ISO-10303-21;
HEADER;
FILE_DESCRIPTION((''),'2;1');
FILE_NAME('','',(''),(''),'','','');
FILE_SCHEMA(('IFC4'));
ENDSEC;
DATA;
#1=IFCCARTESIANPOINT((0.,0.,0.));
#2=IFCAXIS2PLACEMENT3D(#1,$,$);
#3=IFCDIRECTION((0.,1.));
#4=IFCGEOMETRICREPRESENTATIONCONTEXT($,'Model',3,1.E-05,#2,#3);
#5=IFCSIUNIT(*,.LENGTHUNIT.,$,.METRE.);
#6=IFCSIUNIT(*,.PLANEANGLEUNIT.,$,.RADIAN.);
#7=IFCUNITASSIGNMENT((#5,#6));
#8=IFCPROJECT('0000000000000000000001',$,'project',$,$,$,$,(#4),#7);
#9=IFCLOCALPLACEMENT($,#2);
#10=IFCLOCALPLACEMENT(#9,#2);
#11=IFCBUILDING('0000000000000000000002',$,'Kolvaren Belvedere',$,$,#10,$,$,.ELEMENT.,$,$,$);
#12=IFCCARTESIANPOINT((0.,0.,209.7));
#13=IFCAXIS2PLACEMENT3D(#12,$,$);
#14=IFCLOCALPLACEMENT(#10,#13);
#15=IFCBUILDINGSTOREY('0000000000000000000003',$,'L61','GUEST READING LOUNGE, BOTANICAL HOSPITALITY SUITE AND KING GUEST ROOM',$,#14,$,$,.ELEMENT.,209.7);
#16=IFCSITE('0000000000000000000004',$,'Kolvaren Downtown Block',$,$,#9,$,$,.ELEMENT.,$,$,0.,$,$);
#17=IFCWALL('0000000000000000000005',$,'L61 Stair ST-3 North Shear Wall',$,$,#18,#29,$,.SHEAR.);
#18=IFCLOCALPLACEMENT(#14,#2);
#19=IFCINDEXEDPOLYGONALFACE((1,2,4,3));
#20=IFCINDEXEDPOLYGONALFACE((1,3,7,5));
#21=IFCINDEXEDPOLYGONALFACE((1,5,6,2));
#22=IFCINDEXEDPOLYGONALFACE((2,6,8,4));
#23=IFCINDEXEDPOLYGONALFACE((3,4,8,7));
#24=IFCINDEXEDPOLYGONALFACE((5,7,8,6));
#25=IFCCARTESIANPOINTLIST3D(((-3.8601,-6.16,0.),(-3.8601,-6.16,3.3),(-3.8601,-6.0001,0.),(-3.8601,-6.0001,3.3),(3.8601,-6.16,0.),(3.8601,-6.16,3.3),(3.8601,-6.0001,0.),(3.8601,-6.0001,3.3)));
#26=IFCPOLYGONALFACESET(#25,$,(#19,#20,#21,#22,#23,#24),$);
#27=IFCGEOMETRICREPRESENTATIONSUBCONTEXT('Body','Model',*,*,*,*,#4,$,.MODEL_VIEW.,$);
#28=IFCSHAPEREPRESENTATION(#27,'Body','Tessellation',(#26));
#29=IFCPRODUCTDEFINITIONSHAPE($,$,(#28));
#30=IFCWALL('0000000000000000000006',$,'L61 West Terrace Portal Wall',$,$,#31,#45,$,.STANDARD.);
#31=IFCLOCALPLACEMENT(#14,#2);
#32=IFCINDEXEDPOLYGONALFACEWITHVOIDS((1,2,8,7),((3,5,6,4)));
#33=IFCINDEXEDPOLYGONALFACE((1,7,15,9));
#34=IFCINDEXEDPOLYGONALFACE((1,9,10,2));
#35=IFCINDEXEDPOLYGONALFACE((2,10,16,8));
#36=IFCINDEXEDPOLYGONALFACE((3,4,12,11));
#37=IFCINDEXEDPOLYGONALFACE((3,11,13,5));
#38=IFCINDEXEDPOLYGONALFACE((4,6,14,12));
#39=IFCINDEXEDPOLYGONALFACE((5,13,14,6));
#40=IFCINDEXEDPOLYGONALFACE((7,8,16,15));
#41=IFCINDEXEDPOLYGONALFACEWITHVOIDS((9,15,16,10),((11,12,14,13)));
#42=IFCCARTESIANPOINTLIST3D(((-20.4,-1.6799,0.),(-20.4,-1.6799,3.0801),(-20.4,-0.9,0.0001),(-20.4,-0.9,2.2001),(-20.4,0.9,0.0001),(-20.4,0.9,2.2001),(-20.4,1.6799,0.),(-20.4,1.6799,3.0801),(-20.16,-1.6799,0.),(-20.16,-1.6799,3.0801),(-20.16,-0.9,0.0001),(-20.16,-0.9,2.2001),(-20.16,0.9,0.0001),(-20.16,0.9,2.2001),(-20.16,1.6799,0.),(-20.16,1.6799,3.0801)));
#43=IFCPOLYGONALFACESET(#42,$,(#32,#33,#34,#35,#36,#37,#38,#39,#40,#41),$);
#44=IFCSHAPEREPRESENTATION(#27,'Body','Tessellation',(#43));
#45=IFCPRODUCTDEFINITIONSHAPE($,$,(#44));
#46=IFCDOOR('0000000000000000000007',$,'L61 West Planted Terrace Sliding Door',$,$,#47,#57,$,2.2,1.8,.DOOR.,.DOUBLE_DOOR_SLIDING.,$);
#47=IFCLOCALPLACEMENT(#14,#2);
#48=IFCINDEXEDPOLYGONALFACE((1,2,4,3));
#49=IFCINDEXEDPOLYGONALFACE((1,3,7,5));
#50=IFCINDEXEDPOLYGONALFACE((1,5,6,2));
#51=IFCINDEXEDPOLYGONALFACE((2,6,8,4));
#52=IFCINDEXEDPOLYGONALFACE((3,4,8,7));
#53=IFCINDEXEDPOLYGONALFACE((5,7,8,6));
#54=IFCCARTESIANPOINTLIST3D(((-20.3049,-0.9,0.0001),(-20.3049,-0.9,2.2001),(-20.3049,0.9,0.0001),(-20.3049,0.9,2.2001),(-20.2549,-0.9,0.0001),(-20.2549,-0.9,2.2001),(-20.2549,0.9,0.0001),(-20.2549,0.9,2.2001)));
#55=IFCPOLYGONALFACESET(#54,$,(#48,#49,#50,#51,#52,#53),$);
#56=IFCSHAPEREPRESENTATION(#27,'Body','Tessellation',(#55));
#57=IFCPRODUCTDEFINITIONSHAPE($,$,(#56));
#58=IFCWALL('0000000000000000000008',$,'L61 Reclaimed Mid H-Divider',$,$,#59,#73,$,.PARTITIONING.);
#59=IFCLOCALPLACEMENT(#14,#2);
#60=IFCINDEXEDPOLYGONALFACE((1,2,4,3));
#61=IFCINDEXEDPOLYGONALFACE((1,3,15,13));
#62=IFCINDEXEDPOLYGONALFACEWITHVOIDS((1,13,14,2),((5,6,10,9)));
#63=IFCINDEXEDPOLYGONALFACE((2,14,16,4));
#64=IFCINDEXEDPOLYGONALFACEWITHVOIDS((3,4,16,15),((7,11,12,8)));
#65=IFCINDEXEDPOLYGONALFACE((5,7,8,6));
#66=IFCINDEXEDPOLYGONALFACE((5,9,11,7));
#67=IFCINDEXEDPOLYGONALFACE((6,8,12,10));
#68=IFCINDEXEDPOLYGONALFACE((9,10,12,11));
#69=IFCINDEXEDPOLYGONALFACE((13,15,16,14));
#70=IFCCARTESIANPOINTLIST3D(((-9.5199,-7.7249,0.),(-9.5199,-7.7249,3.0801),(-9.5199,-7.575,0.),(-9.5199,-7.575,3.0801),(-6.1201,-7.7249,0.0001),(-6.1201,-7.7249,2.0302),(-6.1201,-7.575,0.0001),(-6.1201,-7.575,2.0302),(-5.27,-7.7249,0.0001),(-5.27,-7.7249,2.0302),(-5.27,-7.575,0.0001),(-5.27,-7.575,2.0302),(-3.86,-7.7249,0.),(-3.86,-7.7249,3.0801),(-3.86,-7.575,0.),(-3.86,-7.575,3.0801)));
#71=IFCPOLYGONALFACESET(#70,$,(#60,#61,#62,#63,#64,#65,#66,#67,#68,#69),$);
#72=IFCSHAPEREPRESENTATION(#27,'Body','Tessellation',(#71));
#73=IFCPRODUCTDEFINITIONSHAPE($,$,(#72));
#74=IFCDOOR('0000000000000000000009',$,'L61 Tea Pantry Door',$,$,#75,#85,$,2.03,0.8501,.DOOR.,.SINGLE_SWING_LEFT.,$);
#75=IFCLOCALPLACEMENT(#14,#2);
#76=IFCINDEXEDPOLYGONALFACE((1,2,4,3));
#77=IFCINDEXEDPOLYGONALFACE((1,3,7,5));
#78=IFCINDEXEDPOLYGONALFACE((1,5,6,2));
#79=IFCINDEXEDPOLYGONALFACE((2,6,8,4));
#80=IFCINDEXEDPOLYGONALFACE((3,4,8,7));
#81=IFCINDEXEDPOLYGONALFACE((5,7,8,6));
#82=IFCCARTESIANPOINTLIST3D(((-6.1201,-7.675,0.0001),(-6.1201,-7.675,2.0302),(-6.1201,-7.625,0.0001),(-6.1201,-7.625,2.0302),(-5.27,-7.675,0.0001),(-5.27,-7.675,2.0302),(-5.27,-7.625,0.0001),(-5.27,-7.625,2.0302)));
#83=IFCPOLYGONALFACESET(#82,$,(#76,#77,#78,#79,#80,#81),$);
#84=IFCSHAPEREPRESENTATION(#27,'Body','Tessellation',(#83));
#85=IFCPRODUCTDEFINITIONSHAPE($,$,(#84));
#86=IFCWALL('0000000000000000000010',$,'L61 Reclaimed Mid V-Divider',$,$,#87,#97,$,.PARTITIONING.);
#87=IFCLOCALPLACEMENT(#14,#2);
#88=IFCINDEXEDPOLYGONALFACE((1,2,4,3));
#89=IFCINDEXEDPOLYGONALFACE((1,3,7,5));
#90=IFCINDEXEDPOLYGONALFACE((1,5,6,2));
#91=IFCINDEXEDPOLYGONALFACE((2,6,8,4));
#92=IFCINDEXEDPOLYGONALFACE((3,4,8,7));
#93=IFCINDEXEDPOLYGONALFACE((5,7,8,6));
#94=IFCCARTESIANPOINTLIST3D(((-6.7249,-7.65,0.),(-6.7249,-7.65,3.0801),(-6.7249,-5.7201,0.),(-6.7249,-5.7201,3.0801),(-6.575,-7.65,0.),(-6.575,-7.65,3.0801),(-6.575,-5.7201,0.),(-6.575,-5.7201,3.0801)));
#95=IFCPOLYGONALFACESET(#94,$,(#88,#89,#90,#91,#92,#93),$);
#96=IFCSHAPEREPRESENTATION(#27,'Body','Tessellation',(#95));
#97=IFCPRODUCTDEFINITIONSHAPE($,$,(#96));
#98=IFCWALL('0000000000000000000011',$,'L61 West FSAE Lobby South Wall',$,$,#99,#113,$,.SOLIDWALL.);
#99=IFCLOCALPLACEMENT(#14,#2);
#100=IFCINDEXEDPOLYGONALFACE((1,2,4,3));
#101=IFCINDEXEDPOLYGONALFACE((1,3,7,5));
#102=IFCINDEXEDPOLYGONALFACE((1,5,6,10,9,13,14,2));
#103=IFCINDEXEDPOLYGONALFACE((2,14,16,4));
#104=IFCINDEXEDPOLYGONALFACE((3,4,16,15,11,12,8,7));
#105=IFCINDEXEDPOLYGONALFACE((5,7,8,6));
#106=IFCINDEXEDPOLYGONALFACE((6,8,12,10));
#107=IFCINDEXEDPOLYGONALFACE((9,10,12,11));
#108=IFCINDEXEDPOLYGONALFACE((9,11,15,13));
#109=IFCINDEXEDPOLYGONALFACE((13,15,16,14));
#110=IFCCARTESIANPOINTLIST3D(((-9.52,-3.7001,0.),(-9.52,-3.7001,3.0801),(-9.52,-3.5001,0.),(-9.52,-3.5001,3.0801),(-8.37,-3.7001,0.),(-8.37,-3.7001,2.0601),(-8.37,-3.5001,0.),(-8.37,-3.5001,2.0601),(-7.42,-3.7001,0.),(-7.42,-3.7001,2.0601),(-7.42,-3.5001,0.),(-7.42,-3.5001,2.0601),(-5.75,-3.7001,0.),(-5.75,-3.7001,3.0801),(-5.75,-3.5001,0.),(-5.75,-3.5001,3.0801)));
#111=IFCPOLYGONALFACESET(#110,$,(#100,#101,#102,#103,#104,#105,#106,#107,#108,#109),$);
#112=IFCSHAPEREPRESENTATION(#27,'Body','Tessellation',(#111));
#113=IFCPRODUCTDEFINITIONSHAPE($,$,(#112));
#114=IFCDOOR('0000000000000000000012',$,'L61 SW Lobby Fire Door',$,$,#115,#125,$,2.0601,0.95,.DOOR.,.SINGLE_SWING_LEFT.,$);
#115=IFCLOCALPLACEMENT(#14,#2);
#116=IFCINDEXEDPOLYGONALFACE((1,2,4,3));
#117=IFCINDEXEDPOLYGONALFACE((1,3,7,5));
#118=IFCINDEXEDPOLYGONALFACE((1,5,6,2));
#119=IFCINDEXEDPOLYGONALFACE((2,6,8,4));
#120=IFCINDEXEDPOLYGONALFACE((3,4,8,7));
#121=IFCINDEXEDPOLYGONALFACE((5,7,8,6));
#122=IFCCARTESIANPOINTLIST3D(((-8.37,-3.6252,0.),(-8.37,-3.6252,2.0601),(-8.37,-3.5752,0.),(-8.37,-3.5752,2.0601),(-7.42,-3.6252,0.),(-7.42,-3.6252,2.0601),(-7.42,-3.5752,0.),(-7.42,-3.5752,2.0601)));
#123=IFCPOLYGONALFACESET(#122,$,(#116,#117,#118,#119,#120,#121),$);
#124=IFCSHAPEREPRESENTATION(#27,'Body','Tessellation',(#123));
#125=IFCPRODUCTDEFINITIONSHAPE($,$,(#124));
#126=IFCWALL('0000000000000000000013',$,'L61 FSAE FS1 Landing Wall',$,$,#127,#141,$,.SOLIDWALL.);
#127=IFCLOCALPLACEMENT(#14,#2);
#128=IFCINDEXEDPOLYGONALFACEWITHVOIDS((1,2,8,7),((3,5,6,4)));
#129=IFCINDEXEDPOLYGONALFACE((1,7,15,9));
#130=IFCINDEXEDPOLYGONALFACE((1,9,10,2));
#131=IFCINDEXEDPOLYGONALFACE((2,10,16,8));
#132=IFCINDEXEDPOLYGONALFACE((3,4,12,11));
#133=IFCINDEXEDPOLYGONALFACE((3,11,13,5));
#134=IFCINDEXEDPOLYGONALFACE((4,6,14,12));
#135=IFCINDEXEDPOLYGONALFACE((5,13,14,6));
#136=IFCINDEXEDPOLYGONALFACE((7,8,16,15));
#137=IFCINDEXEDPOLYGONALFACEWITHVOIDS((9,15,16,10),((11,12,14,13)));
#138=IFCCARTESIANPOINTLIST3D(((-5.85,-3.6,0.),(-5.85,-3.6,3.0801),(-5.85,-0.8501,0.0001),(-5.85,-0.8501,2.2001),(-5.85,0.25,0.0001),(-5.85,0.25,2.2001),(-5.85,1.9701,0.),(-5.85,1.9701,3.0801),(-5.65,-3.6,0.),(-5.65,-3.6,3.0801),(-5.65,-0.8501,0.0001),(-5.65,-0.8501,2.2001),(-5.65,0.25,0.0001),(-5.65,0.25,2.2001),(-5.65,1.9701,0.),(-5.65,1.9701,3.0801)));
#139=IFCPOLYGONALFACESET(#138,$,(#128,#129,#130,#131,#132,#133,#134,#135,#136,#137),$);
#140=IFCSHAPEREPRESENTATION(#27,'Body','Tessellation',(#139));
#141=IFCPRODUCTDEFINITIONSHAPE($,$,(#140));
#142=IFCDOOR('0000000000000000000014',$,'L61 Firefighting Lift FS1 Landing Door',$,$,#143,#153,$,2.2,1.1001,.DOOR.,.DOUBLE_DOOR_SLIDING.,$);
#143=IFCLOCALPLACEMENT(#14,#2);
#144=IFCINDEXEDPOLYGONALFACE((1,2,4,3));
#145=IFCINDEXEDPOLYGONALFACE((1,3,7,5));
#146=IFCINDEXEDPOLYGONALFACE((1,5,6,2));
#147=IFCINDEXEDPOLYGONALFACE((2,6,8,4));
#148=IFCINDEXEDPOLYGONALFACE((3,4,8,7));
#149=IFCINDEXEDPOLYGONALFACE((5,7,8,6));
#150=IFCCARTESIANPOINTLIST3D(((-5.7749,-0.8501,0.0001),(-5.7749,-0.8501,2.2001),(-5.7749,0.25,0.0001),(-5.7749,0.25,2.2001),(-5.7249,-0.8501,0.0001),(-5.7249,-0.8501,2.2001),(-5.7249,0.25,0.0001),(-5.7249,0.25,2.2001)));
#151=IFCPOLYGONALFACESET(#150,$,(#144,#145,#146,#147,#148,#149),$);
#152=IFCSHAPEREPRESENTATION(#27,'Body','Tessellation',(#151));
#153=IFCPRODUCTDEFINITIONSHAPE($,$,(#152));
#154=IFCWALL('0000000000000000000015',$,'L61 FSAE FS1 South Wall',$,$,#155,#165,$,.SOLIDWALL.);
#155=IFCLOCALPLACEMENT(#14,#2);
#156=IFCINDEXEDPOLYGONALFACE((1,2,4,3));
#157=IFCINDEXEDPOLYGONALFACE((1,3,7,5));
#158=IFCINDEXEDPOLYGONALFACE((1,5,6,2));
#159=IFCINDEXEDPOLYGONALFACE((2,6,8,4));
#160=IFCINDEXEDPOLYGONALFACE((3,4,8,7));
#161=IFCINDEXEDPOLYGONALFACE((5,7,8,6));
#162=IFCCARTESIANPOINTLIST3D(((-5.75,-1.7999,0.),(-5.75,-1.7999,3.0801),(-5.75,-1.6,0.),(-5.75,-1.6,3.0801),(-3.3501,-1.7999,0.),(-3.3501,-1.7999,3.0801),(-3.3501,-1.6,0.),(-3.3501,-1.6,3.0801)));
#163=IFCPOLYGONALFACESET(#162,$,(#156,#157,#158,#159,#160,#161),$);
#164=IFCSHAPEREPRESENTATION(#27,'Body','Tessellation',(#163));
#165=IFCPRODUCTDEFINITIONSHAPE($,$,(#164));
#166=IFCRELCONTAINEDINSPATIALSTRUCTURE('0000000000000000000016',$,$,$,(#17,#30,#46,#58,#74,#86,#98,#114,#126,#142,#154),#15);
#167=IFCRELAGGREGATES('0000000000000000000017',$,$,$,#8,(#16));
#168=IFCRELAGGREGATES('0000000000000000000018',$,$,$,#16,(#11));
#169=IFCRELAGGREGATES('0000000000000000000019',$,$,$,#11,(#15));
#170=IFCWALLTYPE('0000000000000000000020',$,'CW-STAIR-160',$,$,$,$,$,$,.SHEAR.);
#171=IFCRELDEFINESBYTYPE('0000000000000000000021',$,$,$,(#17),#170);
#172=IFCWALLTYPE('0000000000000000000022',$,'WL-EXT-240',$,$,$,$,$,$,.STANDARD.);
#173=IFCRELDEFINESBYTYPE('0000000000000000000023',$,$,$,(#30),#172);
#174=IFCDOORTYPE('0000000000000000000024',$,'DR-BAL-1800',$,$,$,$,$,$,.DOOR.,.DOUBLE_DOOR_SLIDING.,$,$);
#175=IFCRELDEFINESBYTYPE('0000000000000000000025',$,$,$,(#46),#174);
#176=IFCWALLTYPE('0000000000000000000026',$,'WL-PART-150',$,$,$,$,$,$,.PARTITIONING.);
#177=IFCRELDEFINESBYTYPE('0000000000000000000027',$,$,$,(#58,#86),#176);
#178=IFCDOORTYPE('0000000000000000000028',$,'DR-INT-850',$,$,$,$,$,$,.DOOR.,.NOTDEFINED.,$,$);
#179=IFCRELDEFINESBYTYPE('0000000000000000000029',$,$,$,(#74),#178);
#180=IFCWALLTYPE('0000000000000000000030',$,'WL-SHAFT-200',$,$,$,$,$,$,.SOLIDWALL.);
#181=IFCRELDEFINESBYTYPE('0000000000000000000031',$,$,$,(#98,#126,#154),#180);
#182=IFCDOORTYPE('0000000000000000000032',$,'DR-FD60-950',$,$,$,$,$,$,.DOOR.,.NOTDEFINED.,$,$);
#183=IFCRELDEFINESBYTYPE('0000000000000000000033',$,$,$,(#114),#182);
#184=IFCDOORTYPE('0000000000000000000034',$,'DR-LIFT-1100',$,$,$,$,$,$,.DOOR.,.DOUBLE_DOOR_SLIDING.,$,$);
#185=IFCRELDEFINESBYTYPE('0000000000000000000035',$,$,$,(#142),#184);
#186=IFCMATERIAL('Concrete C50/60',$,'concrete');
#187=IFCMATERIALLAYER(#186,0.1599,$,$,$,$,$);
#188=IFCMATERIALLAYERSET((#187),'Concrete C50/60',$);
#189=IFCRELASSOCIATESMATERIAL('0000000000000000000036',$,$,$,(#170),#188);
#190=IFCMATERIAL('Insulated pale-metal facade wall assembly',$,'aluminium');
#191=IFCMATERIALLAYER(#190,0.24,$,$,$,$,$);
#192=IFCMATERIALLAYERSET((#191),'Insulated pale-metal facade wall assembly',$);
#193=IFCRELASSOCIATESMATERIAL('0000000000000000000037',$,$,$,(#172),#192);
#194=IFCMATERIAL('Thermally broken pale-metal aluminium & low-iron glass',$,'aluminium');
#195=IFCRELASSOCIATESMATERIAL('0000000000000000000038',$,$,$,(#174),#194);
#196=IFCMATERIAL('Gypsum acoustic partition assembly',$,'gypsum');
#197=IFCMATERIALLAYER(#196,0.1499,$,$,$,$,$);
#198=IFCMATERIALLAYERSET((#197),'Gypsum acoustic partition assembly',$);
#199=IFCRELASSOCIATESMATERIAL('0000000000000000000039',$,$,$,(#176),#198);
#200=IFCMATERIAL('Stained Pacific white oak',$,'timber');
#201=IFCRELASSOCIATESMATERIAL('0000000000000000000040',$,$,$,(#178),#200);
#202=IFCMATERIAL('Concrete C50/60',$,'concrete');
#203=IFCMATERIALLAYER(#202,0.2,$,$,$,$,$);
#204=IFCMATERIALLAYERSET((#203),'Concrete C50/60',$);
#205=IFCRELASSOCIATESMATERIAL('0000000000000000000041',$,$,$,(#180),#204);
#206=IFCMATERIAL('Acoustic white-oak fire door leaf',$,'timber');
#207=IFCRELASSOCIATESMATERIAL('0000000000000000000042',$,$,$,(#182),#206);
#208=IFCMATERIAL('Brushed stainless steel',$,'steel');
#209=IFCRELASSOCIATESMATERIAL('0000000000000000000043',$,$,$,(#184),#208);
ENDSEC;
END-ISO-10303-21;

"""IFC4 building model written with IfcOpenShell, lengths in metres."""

from ifc_helpers import new_model, si_unit, direction, frame, frame_2d, origin, place, context, subcontext, project, spatial, rectangle, extrude, material, layer, layer_set, type_object, element, fill, save


model = new_model("IFC4")

# Units and contexts
model_context = context("Model", 3, precision=1e-05, world=origin(), true_north=direction((0.0, 1.0)))
body_context = subcontext(model_context, "Body", "Model", "MODEL_VIEW")
ifc_project = project(units=[si_unit("LENGTHUNIT", "METRE"), si_unit("PLANEANGLEUNIT", "RADIAN")], contexts=[model_context])

# Site, building, storey
site_placement = place(None, origin())
site = spatial("IfcSite", under=ifc_project, at=site_placement, Name="Kolvaren Downtown Block", CompositionType="ELEMENT", RefElevation=0.0)
building_placement = place(site_placement, origin())
building = spatial("IfcBuilding", under=site, at=building_placement, Name="Kolvaren Belvedere", CompositionType="ELEMENT")
storey_placement = place(building_placement, frame((0.0, 0.0, 209.7)))
storey = spatial("IfcBuildingStorey", under=building, at=storey_placement, Name="L61", Description="GUEST READING LOUNGE, BOTANICAL HOSPITALITY SUITE AND KING GUEST ROOM", CompositionType="ELEMENT", Elevation=209.7)

# Wall
ifc_material_1 = material(Name="Concrete C50/60", Category="concrete")
ifc_layer_1 = layer(ifc_material_1, 0.1599)
ifc_layer_set_1 = layer_set([ifc_layer_1], Name="Concrete C50/60")
wall_type_1 = type_object("IfcWallType", Name="CW-STAIR-160", PredefinedType="SHEAR", material=ifc_layer_set_1)
wall_1_placement = place(storey_placement, frame((-3.8601, -6.0801, 0.0), z_axis=(0.0, 0.0, 1.0), x_axis=(1.0, 0.0, 0.0)))
element("IfcWall", 1, at=wall_1_placement, inside=storey, type_object=wall_type_1, Name="L61 Stair ST-3 North Shear Wall", PredefinedType="SHEAR", context=body_context, shape_type="SweptSolid", body=[
    extrude(rectangle(XDim=7.7202, YDim=0.1599, at=frame_2d((3.8601, 0.0))), origin(), (0.0, 0.0, 1.0), 3.3),
])

# Walls, openings, doors
ifc_material_2 = material(Name="Insulated pale-metal facade wall assembly", Category="aluminium")
ifc_layer_2 = layer(ifc_material_2, 0.24)
ifc_layer_set_2 = layer_set([ifc_layer_2], Name="Insulated pale-metal facade wall assembly")
wall_type_2 = type_object("IfcWallType", Name="WL-EXT-240", PredefinedType="STANDARD", material=ifc_layer_set_2)
wall_2_placement = place(storey_placement, frame((-20.28, -1.6799, 0.0), z_axis=(0.0, 0.0, 1.0), x_axis=(0.0, 1.0, 0.0)))
wall_2 = element("IfcWall", 2, at=wall_2_placement, inside=storey, type_object=wall_type_2, Name="L61 West Terrace Portal Wall", PredefinedType="STANDARD", context=body_context, shape_type="SweptSolid", body=[
    extrude(rectangle(XDim=3.3599, YDim=0.24, at=frame_2d((1.6799, 0.0))), origin(), (0.0, 0.0, 1.0), 3.0801),
])
opening_1_placement = place(wall_2_placement, frame((0.78, 0.0, 0.0)))
opening_1 = element("IfcOpeningElement", 3, at=opening_1_placement, cuts=wall_2, PredefinedType="OPENING", context=body_context, shape_type="SweptSolid", body=[
    extrude(rectangle(XDim=1.8, YDim=2.2, at=frame_2d((0.8999, 1.1001))), frame((0.0, 0.1299, 0.0), z_axis=(0.0, -1.0, 0.0), x_axis=(1.0, 0.0, 0.0)), (0.0, 0.0, 1.0), 0.26),
])
ifc_material_3 = material(Name="Thermally broken pale-metal aluminium & low-iron glass", Category="aluminium")
door_type_1 = type_object("IfcDoorType", Name="DR-BAL-1800", OperationType="DOUBLE_DOOR_SLIDING", PredefinedType="DOOR", material=ifc_material_3)
door_1_placement = place(opening_1_placement, origin())
door_1 = element("IfcDoor", 4, at=door_1_placement, inside=storey, type_object=door_type_1, Name="L61 West Planted Terrace Sliding Door", OperationType="DOUBLE_DOOR_SLIDING", OverallHeight=2.2, OverallWidth=1.8, PredefinedType="DOOR", context=body_context, shape_type="SweptSolid", body=[
    extrude(rectangle(XDim=1.8, YDim=2.2, at=frame_2d((0.8999, 1.1001))), frame((0.0, 0.0249, 0.0), z_axis=(0.0, -1.0, 0.0), x_axis=(1.0, 0.0, 0.0)), (0.0, 0.0, 1.0), 0.05),
])
fill(opening_1, door_1)
ifc_material_4 = material(Name="Gypsum acoustic partition assembly", Category="gypsum")
ifc_layer_3 = layer(ifc_material_4, 0.1499)
ifc_layer_set_3 = layer_set([ifc_layer_3], Name="Gypsum acoustic partition assembly")
wall_type_3 = type_object("IfcWallType", Name="WL-PART-150", PredefinedType="PARTITIONING", material=ifc_layer_set_3)
wall_3_placement = place(storey_placement, frame((-9.52, -7.6499, 0.0), z_axis=(0.0, 0.0, 1.0), x_axis=(1.0, 0.0, 0.0)))
wall_3 = element("IfcWall", 5, at=wall_3_placement, inside=storey, type_object=wall_type_3, Name="L61 Reclaimed Mid H-Divider", PredefinedType="PARTITIONING", context=body_context, shape_type="SweptSolid", body=[
    extrude(rectangle(XDim=5.6599, YDim=0.1499, at=frame_2d((2.8301, 0.0))), origin(), (0.0, 0.0, 1.0), 3.0801),
])
opening_2_placement = place(wall_3_placement, frame((3.3999, 0.0, 0.0)))
opening_2 = element("IfcOpeningElement", 6, at=opening_2_placement, cuts=wall_3, PredefinedType="OPENING", context=body_context, shape_type="SweptSolid", body=[
    extrude(rectangle(XDim=0.8501, YDim=2.03, at=frame_2d((0.425, 1.0151))), frame((0.0, 0.085, 0.0), z_axis=(0.0, -1.0, 0.0), x_axis=(1.0, 0.0, 0.0)), (0.0, 0.0, 1.0), 0.1699),
])
ifc_material_5 = material(Name="Stained Pacific white oak", Category="timber")
door_type_2 = type_object("IfcDoorType", Name="DR-INT-850", OperationType="NOTDEFINED", PredefinedType="DOOR", material=ifc_material_5)
door_2_placement = place(opening_2_placement, origin())
door_2 = element("IfcDoor", 7, at=door_2_placement, inside=storey, type_object=door_type_2, Name="L61 Tea Pantry Door", OperationType="SINGLE_SWING_LEFT", OverallHeight=2.03, OverallWidth=0.8501, PredefinedType="DOOR", context=body_context, shape_type="SweptSolid", body=[
    extrude(rectangle(XDim=0.8501, YDim=2.03, at=frame_2d((0.425, 1.0151))), frame((0.0, 0.0249, 0.0), z_axis=(0.0, -1.0, 0.0), x_axis=(1.0, 0.0, 0.0)), (0.0, 0.0, 1.0), 0.05),
])
fill(opening_2, door_2)

# Wall
wall_4_placement = place(storey_placement, frame((-6.6499, -7.6499, 0.0), z_axis=(0.0, 0.0, 1.0), x_axis=(0.0, 1.0, 0.0)))
element("IfcWall", 8, at=wall_4_placement, inside=storey, type_object=wall_type_3, Name="L61 Reclaimed Mid V-Divider", PredefinedType="PARTITIONING", context=body_context, shape_type="SweptSolid", body=[
    extrude(rectangle(XDim=1.9299, YDim=0.1499, at=frame_2d((0.9648, 0.0))), origin(), (0.0, 0.0, 1.0), 3.0801),
])

# Walls, openings, doors
ifc_material_6 = material(Name="Concrete C50/60", Category="concrete")
ifc_layer_4 = layer(ifc_material_6, 0.2)
ifc_layer_set_4 = layer_set([ifc_layer_4], Name="Concrete C50/60")
wall_type_4 = type_object("IfcWallType", Name="WL-SHAFT-200", PredefinedType="SOLIDWALL", material=ifc_layer_set_4)
wall_5_placement = place(storey_placement, frame((-9.52, -3.6001, 0.0), z_axis=(0.0, 0.0, 1.0), x_axis=(1.0, 0.0, 0.0)))
wall_5 = element("IfcWall", 9, at=wall_5_placement, inside=storey, type_object=wall_type_4, Name="L61 West FSAE Lobby South Wall", PredefinedType="SOLIDWALL", context=body_context, shape_type="SweptSolid", body=[
    extrude(rectangle(XDim=3.77, YDim=0.2, at=frame_2d((1.885, 0.0))), origin(), (0.0, 0.0, 1.0), 3.0801),
])
opening_3_placement = place(wall_5_placement, frame((1.1499, 0.0, 0.0)))
opening_3 = element("IfcOpeningElement", 10, at=opening_3_placement, cuts=wall_5, PredefinedType="OPENING", context=body_context, shape_type="SweptSolid", body=[
    extrude(rectangle(XDim=0.95, YDim=2.0601, at=frame_2d((0.4751, 1.03))), frame((0.0, 0.1099, 0.0), z_axis=(0.0, -1.0, 0.0), x_axis=(1.0, 0.0, 0.0)), (0.0, 0.0, 1.0), 0.22),
])
ifc_material_7 = material(Name="Acoustic white-oak fire door leaf", Category="timber")
door_type_3 = type_object("IfcDoorType", Name="DR-FD60-950", OperationType="NOTDEFINED", PredefinedType="DOOR", material=ifc_material_7)
door_3_placement = place(opening_3_placement, origin())
door_3 = element("IfcDoor", 11, at=door_3_placement, inside=storey, type_object=door_type_3, Name="L61 SW Lobby Fire Door", OperationType="SINGLE_SWING_LEFT", OverallHeight=2.0601, OverallWidth=0.95, PredefinedType="DOOR", context=body_context, shape_type="SweptSolid", body=[
    extrude(rectangle(XDim=0.95, YDim=2.0601, at=frame_2d((0.4751, 1.03))), frame((0.0, 0.0249, 0.0), z_axis=(0.0, -1.0, 0.0), x_axis=(1.0, 0.0, 0.0)), (0.0, 0.0, 1.0), 0.05),
])
fill(opening_3, door_3)
wall_6_placement = place(storey_placement, frame((-5.75, -3.6001, 0.0), z_axis=(0.0, 0.0, 1.0), x_axis=(0.0, 1.0, 0.0)))
wall_6 = element("IfcWall", 12, at=wall_6_placement, inside=storey, type_object=wall_type_4, Name="L61 FSAE FS1 Landing Wall", PredefinedType="SOLIDWALL", context=body_context, shape_type="SweptSolid", body=[
    extrude(rectangle(XDim=5.5701, YDim=0.2, at=frame_2d((2.7852, 0.0))), origin(), (0.0, 0.0, 1.0), 3.0801),
])
opening_4_placement = place(wall_6_placement, frame((2.75, 0.0, 0.0)))
opening_4 = element("IfcOpeningElement", 13, at=opening_4_placement, cuts=wall_6, PredefinedType="OPENING", context=body_context, shape_type="SweptSolid", body=[
    extrude(rectangle(XDim=1.1001, YDim=2.2, at=frame_2d((0.55, 1.1001))), frame((0.0, 0.1099, 0.0), z_axis=(0.0, -1.0, 0.0), x_axis=(1.0, 0.0, 0.0)), (0.0, 0.0, 1.0), 0.22),
])
ifc_material_8 = material(Name="Brushed stainless steel", Category="steel")
door_type_4 = type_object("IfcDoorType", Name="DR-LIFT-1100", OperationType="DOUBLE_DOOR_SLIDING", PredefinedType="DOOR", material=ifc_material_8)
door_4_placement = place(opening_4_placement, origin())
door_4 = element("IfcDoor", 14, at=door_4_placement, inside=storey, type_object=door_type_4, Name="L61 Firefighting Lift FS1 Landing Door", OperationType="DOUBLE_DOOR_SLIDING", OverallHeight=2.2, OverallWidth=1.1001, PredefinedType="DOOR", context=body_context, shape_type="SweptSolid", body=[
    extrude(rectangle(XDim=1.1001, YDim=2.2, at=frame_2d((0.55, 1.1001))), frame((0.0, 0.0249, 0.0), z_axis=(0.0, -1.0, 0.0), x_axis=(1.0, 0.0, 0.0)), (0.0, 0.0, 1.0), 0.05),
])
fill(opening_4, door_4)

# Wall
for number, where, z_axis, x_axis, name in (
    (15, (-5.75, -1.7, 0.0), (0.0, 0.0, 1.0), (1.0, 0.0, 0.0), "L61 FSAE FS1 South Wall"),
):
    element("IfcWall", number, at=place(storey_placement, frame(where, z_axis=z_axis, x_axis=x_axis)), inside=storey, type_object=wall_type_4, Name=name, PredefinedType="SOLIDWALL", context=body_context, shape_type="SweptSolid", body=[
        extrude(rectangle(XDim=2.3999, YDim=0.2, at=frame_2d((1.2, 0.0))), origin(), (0.0, 0.0, 1.0), 3.0801),
    ])

save(model, "model.ifc")
